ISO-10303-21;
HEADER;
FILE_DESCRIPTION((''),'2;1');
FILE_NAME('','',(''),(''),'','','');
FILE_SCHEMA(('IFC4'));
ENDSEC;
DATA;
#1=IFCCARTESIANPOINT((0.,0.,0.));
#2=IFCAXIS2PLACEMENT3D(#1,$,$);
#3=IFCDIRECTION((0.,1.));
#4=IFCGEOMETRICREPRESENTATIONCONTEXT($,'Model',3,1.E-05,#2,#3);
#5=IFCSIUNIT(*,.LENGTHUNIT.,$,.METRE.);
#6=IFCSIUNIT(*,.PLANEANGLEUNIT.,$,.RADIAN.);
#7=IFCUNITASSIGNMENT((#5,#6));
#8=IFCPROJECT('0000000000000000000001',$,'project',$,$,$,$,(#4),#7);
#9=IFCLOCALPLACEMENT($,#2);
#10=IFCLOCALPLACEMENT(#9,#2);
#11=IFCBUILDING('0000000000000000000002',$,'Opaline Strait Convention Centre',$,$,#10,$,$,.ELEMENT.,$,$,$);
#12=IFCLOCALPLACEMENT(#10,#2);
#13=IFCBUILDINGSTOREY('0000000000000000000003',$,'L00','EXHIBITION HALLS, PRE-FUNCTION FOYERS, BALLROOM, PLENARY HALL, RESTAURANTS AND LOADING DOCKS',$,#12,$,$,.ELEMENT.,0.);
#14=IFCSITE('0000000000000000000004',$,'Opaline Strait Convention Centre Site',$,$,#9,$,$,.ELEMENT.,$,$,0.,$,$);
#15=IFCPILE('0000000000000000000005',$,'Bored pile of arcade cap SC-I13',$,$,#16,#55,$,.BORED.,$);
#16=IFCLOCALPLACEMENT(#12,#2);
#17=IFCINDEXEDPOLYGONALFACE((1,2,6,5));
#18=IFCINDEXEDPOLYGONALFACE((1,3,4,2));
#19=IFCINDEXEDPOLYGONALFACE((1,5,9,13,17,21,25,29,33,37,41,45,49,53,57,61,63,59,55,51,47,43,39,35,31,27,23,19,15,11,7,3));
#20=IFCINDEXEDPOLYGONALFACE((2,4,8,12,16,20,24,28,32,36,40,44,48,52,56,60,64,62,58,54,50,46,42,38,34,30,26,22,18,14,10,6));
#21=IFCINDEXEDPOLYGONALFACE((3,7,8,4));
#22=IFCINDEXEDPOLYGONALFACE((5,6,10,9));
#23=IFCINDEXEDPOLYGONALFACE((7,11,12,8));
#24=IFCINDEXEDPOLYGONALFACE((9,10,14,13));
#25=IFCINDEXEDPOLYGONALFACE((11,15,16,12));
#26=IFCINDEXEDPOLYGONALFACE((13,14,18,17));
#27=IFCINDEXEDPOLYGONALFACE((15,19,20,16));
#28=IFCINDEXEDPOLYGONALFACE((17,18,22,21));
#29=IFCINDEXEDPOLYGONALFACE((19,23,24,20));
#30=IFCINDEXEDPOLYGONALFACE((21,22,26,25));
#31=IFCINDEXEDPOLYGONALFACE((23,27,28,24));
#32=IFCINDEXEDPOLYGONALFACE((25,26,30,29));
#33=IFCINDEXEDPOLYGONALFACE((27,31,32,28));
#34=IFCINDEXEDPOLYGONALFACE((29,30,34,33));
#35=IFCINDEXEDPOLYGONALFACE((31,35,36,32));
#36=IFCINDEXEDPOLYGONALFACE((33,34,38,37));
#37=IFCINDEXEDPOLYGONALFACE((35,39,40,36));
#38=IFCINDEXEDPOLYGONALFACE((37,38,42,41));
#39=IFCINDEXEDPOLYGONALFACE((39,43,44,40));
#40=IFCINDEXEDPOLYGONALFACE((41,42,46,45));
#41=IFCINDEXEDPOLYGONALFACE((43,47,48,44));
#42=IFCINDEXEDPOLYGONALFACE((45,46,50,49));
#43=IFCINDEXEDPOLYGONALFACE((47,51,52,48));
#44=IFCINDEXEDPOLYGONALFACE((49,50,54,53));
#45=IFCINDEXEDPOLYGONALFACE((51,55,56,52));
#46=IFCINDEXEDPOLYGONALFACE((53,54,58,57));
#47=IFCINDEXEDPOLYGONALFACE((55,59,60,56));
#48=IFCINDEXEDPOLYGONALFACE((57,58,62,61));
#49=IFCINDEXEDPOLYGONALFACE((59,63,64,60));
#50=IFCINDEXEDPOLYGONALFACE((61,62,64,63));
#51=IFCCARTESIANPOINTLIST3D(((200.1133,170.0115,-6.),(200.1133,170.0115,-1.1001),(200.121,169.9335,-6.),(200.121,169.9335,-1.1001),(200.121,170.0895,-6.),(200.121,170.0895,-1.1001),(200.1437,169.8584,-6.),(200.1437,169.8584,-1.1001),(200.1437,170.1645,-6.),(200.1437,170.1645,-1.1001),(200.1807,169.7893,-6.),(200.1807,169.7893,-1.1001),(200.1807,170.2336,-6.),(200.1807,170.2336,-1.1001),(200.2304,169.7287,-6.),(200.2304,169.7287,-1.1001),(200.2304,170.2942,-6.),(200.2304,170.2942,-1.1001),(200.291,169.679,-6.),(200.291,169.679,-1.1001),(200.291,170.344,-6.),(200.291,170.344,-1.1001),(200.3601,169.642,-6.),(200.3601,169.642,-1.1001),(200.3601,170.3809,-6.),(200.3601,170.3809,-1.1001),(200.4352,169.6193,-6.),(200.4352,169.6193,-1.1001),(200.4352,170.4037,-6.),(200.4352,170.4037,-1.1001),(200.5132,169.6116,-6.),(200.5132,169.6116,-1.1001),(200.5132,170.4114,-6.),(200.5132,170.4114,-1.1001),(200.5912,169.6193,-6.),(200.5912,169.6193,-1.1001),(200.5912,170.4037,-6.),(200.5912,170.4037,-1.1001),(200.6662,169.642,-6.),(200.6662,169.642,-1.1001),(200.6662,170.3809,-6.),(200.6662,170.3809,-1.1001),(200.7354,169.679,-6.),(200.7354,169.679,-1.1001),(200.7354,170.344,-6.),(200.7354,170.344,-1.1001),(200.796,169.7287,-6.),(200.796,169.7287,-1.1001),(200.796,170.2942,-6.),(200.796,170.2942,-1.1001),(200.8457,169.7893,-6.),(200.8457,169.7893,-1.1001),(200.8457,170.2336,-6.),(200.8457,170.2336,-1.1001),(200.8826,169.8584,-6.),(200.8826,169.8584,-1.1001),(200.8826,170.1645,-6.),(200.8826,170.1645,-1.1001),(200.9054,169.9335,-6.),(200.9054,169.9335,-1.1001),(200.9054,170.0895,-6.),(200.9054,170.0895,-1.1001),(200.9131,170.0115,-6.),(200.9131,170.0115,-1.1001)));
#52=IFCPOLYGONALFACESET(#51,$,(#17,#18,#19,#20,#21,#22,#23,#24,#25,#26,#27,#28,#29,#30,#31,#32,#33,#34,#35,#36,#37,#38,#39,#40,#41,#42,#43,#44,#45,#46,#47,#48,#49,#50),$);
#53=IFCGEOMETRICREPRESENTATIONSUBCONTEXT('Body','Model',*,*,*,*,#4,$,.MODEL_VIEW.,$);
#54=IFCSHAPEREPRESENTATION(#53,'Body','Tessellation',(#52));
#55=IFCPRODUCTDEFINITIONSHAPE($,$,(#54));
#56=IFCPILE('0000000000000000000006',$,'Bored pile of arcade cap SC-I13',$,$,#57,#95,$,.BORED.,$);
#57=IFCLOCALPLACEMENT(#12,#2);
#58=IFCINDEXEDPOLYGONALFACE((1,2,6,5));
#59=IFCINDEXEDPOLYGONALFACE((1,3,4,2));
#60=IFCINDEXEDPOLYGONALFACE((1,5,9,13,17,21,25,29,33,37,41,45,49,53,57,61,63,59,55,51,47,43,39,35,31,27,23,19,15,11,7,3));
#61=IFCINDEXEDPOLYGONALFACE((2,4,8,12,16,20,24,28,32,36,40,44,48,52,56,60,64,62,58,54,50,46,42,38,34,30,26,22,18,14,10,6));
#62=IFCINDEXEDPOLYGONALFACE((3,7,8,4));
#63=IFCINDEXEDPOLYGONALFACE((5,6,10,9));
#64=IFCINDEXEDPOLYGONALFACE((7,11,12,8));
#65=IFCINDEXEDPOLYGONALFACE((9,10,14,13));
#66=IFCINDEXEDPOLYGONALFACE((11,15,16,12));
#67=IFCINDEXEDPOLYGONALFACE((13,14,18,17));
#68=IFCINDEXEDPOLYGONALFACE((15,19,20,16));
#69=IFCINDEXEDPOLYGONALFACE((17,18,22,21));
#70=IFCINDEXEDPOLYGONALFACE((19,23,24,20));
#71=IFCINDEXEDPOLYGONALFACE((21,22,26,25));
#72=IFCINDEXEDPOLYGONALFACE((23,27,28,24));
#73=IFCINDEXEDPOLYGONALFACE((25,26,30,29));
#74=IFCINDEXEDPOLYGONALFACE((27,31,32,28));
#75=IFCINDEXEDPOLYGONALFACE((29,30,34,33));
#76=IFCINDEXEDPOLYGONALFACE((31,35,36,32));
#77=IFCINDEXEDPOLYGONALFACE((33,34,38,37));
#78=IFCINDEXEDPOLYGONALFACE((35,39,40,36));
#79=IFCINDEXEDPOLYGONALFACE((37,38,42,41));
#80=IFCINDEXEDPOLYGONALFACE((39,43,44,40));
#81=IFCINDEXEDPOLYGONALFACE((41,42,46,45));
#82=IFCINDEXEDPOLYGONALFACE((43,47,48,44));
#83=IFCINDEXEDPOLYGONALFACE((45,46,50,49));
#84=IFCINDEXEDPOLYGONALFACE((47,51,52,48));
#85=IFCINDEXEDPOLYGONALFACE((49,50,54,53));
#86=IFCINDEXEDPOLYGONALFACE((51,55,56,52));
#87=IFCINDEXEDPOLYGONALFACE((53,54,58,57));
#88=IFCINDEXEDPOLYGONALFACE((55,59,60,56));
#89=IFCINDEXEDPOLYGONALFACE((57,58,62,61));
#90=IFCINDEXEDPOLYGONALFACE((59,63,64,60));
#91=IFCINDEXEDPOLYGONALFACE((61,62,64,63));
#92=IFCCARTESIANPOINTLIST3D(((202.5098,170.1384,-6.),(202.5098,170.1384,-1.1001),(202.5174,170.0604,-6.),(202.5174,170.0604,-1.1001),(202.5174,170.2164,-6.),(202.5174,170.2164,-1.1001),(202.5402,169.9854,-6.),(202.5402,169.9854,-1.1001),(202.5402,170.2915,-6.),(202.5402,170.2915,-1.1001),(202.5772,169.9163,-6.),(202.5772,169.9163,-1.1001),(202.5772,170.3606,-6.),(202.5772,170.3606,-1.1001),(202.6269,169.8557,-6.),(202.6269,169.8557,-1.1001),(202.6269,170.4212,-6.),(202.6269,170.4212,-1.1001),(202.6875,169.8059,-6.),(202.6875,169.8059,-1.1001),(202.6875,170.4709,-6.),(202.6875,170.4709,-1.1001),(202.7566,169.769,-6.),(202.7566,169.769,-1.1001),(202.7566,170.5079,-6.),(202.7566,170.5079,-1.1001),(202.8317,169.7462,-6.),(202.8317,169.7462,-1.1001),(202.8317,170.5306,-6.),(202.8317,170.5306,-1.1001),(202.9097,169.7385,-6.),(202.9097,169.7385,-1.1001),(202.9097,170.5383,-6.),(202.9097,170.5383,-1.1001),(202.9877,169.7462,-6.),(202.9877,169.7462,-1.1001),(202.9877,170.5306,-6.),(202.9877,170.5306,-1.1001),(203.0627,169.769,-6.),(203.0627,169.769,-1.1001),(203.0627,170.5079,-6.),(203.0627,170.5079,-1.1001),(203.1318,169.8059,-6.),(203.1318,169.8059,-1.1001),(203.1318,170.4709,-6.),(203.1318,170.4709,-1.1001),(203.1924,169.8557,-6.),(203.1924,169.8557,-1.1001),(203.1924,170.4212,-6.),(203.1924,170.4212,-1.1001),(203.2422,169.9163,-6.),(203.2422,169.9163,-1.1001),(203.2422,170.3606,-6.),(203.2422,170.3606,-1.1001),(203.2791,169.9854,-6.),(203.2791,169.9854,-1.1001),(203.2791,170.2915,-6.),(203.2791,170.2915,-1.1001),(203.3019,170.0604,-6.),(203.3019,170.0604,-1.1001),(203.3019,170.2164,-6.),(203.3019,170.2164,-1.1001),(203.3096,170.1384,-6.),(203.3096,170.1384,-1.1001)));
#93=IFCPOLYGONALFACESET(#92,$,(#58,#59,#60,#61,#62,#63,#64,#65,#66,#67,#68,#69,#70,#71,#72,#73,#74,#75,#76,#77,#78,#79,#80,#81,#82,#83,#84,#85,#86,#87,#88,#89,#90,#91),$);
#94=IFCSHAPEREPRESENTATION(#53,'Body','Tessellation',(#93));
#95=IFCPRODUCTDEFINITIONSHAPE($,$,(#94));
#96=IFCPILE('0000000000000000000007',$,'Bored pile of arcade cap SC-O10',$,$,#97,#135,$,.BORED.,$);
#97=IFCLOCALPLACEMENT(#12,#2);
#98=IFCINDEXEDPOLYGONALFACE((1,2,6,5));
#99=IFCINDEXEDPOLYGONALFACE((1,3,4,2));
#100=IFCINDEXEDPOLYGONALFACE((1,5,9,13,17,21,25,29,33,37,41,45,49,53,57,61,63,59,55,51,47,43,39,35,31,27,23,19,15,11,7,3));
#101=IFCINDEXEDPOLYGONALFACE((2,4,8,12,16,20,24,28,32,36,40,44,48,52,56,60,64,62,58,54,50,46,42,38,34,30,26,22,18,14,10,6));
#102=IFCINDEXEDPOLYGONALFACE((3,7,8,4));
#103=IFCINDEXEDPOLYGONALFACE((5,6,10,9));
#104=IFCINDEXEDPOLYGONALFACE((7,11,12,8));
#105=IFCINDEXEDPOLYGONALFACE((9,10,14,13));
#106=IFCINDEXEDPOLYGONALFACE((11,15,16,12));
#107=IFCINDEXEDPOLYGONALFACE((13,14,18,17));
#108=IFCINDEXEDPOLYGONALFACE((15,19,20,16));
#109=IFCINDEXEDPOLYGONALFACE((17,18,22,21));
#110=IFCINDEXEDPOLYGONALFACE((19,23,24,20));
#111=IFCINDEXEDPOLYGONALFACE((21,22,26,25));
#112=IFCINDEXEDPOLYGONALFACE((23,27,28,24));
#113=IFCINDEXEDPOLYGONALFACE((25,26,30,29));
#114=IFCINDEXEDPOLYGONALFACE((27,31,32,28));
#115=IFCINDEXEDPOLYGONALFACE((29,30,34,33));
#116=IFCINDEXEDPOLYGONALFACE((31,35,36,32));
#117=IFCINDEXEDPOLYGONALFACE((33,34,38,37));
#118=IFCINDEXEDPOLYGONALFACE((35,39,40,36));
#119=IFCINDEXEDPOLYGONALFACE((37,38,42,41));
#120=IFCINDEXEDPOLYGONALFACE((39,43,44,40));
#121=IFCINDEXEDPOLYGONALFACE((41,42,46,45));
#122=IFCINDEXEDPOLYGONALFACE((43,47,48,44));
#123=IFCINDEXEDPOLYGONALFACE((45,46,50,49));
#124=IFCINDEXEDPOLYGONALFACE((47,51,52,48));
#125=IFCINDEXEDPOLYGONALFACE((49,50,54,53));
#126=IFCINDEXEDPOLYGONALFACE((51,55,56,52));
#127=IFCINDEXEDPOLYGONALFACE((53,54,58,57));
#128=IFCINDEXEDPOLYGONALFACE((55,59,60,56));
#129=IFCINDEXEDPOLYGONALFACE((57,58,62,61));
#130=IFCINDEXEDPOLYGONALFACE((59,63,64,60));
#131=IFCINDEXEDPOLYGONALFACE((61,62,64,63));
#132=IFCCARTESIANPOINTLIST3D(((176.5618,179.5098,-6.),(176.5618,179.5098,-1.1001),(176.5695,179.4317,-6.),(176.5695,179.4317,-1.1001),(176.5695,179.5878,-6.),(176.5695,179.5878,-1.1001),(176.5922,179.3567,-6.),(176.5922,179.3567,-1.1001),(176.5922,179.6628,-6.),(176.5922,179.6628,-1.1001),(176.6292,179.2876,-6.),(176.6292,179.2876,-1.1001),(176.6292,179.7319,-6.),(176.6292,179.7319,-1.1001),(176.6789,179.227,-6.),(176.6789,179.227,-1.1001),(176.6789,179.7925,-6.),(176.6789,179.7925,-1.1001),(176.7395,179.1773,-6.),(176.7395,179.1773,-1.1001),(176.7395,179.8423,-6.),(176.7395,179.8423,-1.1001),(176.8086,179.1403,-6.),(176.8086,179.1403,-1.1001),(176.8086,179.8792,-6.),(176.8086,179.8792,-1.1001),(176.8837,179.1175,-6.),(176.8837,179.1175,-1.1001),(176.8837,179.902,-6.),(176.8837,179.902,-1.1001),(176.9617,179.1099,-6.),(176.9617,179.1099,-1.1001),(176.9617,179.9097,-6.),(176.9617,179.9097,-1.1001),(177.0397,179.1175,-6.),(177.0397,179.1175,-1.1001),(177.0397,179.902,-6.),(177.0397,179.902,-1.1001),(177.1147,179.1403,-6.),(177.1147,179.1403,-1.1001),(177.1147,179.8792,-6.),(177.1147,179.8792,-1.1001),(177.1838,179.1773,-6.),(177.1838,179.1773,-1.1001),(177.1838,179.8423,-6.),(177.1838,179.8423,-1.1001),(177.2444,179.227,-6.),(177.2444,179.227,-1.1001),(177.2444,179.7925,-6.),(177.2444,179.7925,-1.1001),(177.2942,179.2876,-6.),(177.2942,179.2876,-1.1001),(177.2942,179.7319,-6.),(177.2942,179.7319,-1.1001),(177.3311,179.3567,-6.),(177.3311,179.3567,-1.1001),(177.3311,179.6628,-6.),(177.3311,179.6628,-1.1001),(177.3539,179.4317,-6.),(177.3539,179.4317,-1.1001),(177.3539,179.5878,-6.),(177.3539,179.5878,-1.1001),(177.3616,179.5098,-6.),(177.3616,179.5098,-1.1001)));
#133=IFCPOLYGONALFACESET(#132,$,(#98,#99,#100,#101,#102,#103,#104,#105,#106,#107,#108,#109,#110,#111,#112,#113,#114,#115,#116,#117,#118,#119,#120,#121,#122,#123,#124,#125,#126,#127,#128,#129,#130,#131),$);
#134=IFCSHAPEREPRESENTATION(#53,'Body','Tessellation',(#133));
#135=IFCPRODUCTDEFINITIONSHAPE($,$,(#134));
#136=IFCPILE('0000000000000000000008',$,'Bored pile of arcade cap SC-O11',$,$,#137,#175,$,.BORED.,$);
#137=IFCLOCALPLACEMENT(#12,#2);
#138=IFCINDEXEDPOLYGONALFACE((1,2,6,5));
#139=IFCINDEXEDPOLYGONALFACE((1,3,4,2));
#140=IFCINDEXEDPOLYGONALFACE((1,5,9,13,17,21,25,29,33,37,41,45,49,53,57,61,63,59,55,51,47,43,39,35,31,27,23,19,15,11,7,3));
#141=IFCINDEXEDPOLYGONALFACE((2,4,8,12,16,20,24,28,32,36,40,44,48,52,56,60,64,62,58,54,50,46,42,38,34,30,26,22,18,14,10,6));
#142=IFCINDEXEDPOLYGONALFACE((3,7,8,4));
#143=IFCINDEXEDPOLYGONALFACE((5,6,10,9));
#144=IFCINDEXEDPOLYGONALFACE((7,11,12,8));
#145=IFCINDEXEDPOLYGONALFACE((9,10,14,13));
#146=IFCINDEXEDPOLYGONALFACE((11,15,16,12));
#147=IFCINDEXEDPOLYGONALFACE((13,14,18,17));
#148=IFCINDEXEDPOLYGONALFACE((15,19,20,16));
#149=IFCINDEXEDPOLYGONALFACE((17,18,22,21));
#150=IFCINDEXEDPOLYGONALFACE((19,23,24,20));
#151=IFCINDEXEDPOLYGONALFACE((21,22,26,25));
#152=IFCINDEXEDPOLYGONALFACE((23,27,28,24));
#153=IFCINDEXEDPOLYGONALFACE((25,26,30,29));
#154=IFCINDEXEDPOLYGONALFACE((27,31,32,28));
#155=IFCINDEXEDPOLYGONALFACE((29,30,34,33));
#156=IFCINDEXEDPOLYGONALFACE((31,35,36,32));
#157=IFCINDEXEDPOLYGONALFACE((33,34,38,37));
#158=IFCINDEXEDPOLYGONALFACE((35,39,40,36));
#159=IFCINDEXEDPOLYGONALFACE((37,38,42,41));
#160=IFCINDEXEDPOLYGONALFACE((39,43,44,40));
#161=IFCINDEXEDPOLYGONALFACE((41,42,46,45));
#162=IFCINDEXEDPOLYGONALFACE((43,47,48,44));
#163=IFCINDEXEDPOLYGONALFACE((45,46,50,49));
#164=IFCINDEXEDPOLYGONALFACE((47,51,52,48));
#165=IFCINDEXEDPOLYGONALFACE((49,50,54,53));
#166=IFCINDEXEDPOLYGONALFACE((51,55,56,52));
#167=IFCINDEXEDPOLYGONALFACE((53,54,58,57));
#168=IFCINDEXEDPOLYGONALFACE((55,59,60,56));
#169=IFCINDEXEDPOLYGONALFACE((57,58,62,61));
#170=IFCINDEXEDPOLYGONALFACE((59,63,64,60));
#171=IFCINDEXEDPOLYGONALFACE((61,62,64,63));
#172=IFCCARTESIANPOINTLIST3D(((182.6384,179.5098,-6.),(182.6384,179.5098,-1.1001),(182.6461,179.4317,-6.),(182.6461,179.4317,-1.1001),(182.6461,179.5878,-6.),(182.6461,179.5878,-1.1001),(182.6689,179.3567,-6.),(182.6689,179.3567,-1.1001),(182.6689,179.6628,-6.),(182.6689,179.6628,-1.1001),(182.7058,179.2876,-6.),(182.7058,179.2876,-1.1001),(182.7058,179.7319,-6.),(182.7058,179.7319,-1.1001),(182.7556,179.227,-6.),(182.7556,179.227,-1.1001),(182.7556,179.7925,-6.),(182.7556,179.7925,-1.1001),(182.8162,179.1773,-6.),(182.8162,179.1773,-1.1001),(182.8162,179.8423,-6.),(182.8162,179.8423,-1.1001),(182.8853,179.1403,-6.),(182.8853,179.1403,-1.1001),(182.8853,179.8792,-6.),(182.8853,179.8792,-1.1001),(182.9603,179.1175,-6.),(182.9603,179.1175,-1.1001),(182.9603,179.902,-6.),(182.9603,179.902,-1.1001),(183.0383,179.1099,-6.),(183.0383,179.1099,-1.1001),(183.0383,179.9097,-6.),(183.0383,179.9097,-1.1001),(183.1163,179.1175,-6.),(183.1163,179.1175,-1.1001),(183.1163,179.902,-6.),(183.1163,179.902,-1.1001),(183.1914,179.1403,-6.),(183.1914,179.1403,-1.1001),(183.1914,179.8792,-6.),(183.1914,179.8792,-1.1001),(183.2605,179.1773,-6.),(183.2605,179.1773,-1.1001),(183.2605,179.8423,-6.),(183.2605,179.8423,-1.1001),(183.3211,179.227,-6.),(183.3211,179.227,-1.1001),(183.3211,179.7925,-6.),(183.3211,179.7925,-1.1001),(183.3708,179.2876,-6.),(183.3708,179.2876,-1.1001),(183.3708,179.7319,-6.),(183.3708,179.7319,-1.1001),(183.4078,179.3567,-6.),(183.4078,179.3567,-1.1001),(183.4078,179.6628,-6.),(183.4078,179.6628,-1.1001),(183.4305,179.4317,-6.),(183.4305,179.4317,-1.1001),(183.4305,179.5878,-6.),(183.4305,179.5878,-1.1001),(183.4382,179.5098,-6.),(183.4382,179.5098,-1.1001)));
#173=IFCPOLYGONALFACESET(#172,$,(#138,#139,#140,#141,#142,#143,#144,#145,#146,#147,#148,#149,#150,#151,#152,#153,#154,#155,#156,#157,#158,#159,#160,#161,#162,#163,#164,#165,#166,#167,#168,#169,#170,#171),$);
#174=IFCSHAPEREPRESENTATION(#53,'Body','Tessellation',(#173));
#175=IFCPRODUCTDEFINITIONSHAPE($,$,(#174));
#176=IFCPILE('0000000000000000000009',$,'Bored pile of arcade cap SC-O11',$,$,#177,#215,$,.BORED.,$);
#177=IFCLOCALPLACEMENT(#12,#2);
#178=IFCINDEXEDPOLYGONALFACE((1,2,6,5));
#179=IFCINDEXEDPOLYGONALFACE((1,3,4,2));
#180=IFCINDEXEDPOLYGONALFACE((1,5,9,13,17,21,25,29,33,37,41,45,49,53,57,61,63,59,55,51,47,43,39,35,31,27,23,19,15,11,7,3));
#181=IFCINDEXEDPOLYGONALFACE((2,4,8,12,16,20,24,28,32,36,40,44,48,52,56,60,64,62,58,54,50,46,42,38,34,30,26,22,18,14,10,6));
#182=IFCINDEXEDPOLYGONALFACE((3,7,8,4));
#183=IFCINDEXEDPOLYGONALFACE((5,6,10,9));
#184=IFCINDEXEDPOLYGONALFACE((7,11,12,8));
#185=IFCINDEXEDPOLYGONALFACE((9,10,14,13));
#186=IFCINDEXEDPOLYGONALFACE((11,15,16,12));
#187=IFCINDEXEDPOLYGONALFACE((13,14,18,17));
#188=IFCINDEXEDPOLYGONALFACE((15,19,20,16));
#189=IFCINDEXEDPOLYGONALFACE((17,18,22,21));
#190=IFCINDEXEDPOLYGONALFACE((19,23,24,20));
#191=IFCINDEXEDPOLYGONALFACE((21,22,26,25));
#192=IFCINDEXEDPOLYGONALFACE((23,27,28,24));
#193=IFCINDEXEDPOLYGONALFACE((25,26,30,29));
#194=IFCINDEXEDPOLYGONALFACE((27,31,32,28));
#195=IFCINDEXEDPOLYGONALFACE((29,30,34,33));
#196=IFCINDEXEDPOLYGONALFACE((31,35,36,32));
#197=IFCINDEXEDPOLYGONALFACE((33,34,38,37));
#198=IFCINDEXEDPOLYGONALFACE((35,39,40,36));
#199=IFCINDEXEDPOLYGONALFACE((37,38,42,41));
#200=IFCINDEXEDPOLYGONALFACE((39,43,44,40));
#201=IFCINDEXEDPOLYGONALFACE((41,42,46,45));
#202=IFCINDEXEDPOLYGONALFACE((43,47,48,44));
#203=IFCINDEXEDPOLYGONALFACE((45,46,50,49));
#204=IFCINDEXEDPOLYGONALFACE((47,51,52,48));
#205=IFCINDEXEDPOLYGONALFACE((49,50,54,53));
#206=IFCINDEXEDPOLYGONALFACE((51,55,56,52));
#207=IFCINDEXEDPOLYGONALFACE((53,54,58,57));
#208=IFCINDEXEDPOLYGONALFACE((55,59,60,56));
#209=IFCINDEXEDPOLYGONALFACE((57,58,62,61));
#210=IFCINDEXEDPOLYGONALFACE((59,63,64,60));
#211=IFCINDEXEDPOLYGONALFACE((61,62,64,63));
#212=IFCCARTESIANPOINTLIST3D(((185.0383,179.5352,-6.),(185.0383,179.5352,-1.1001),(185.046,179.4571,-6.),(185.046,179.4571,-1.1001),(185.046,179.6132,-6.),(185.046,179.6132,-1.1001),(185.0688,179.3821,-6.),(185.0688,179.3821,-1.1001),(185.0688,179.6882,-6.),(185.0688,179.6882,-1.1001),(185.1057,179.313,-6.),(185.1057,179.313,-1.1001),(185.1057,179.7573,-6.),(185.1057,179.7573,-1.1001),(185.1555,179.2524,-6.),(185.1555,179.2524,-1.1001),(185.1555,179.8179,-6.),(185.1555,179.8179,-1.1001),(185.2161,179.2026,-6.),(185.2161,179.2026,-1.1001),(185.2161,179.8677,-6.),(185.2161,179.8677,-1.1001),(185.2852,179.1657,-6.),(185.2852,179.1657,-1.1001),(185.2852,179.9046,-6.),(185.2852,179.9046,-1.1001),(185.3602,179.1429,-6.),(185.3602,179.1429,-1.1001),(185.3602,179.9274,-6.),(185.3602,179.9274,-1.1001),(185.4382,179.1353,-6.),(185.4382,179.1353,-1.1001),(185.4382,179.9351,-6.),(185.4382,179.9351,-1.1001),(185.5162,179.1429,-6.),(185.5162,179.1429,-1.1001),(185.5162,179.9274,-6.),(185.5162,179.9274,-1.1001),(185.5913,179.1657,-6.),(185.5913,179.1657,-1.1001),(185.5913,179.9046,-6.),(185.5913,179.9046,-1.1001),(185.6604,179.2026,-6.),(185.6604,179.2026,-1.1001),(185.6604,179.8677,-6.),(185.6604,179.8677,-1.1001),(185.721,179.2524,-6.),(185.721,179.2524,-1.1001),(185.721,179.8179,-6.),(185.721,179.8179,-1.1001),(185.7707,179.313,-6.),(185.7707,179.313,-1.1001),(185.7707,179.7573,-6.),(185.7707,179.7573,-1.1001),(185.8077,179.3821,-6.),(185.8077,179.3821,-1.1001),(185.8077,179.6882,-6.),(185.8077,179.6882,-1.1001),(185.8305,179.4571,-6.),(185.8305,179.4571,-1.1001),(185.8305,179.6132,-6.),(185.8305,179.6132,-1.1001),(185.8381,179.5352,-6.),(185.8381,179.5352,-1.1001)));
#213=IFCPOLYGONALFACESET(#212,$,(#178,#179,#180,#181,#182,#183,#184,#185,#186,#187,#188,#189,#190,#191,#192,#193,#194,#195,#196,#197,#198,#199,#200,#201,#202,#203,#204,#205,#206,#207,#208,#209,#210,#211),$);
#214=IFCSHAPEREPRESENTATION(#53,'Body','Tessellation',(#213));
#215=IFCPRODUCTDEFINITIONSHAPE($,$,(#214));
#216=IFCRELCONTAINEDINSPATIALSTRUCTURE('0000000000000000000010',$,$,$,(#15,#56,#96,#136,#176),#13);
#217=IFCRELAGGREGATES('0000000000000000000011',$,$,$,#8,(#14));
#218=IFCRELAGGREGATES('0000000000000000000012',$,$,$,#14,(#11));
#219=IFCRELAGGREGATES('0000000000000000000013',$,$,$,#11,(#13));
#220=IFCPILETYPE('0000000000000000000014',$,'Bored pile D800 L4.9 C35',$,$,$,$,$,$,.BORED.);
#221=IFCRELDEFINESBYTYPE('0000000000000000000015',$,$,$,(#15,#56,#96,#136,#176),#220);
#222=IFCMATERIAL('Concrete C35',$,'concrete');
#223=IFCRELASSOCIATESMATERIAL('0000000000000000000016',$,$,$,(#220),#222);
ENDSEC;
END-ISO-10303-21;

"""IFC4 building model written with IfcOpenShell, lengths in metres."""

from ifc_helpers import new_model, si_unit, direction, frame, origin, origin_2d, place, context, subcontext, project, spatial, circle, extrude, material, material_profile, profile_set, type_object, element, save


model = new_model("IFC4")

# Units and contexts
model_context = context("Model", 3, precision=1e-05, world=origin(), true_north=direction((0.0, 1.0)))
body_context = subcontext(model_context, "Body", "Model", "MODEL_VIEW")
ifc_project = project(units=[si_unit("LENGTHUNIT", "METRE"), si_unit("PLANEANGLEUNIT", "RADIAN")], contexts=[model_context])

# Site, building, storey
site_placement = place(None, origin())
site = spatial("IfcSite", under=ifc_project, at=site_placement, Name="Opaline Strait Convention Centre Site", CompositionType="ELEMENT", RefElevation=0.0)
building_placement = place(site_placement, origin())
building = spatial("IfcBuilding", under=site, at=building_placement, Name="Opaline Strait Convention Centre", CompositionType="ELEMENT")
storey_placement = place(building_placement, origin())
storey = spatial("IfcBuildingStorey", under=building, at=storey_placement, Name="L00", Description="EXHIBITION HALLS, PRE-FUNCTION FOYERS, BALLROOM, PLENARY HALL, RESTAURANTS AND LOADING DOCKS", CompositionType="ELEMENT", Elevation=0.0)

# Piles
ifc_material_1 = material(Name="Concrete C35", Category="concrete")
ifc_material_profile_1 = material_profile(ifc_material_1, circle(Radius=0.3999, at=origin_2d()), Name="D800")
ifc_profile_set_1 = profile_set([ifc_material_profile_1], Name="Concrete C35")
pile_type = type_object("IfcPileType", Name="Bored pile D800 L4.9 C35", PredefinedType="BORED", material=ifc_profile_set_1)
for number, where, z_axis, x_axis, name in (
    (1, (200.5132, 170.0115, -1.1001), (0.0, 0.0, -1.0), (1.0, 0.0, 0.0), "Bored pile of arcade cap SC-I13"),
    (2, (202.9097, 170.1384, -1.1001), (0.0, 0.0, -1.0), (1.0, 0.0, 0.0), "Bored pile of arcade cap SC-I13"),
    (3, (176.9617, 179.5098, -1.1001), (0.0, 0.0, -1.0), (1.0, 0.0, 0.0), "Bored pile of arcade cap SC-O10"),
    (4, (183.0383, 179.5098, -1.1001), (0.0, 0.0, -1.0), (1.0, 0.0, 0.0), "Bored pile of arcade cap SC-O11"),
    (5, (185.4382, 179.5352, -1.1001), (0.0, 0.0, -1.0), (1.0, 0.0, 0.0), "Bored pile of arcade cap SC-O11"),
):
    element("IfcPile", number, at=place(storey_placement, frame(where, z_axis=z_axis, x_axis=x_axis)), inside=storey, type_object=pile_type, Name=name, PredefinedType="BORED", context=body_context, shape_type="SweptSolid", body=[
        extrude(circle(Radius=0.3999, at=origin_2d()), origin(), (0.0, 0.0, 1.0), 4.8999),
    ])

save(model, "model.ifc")
